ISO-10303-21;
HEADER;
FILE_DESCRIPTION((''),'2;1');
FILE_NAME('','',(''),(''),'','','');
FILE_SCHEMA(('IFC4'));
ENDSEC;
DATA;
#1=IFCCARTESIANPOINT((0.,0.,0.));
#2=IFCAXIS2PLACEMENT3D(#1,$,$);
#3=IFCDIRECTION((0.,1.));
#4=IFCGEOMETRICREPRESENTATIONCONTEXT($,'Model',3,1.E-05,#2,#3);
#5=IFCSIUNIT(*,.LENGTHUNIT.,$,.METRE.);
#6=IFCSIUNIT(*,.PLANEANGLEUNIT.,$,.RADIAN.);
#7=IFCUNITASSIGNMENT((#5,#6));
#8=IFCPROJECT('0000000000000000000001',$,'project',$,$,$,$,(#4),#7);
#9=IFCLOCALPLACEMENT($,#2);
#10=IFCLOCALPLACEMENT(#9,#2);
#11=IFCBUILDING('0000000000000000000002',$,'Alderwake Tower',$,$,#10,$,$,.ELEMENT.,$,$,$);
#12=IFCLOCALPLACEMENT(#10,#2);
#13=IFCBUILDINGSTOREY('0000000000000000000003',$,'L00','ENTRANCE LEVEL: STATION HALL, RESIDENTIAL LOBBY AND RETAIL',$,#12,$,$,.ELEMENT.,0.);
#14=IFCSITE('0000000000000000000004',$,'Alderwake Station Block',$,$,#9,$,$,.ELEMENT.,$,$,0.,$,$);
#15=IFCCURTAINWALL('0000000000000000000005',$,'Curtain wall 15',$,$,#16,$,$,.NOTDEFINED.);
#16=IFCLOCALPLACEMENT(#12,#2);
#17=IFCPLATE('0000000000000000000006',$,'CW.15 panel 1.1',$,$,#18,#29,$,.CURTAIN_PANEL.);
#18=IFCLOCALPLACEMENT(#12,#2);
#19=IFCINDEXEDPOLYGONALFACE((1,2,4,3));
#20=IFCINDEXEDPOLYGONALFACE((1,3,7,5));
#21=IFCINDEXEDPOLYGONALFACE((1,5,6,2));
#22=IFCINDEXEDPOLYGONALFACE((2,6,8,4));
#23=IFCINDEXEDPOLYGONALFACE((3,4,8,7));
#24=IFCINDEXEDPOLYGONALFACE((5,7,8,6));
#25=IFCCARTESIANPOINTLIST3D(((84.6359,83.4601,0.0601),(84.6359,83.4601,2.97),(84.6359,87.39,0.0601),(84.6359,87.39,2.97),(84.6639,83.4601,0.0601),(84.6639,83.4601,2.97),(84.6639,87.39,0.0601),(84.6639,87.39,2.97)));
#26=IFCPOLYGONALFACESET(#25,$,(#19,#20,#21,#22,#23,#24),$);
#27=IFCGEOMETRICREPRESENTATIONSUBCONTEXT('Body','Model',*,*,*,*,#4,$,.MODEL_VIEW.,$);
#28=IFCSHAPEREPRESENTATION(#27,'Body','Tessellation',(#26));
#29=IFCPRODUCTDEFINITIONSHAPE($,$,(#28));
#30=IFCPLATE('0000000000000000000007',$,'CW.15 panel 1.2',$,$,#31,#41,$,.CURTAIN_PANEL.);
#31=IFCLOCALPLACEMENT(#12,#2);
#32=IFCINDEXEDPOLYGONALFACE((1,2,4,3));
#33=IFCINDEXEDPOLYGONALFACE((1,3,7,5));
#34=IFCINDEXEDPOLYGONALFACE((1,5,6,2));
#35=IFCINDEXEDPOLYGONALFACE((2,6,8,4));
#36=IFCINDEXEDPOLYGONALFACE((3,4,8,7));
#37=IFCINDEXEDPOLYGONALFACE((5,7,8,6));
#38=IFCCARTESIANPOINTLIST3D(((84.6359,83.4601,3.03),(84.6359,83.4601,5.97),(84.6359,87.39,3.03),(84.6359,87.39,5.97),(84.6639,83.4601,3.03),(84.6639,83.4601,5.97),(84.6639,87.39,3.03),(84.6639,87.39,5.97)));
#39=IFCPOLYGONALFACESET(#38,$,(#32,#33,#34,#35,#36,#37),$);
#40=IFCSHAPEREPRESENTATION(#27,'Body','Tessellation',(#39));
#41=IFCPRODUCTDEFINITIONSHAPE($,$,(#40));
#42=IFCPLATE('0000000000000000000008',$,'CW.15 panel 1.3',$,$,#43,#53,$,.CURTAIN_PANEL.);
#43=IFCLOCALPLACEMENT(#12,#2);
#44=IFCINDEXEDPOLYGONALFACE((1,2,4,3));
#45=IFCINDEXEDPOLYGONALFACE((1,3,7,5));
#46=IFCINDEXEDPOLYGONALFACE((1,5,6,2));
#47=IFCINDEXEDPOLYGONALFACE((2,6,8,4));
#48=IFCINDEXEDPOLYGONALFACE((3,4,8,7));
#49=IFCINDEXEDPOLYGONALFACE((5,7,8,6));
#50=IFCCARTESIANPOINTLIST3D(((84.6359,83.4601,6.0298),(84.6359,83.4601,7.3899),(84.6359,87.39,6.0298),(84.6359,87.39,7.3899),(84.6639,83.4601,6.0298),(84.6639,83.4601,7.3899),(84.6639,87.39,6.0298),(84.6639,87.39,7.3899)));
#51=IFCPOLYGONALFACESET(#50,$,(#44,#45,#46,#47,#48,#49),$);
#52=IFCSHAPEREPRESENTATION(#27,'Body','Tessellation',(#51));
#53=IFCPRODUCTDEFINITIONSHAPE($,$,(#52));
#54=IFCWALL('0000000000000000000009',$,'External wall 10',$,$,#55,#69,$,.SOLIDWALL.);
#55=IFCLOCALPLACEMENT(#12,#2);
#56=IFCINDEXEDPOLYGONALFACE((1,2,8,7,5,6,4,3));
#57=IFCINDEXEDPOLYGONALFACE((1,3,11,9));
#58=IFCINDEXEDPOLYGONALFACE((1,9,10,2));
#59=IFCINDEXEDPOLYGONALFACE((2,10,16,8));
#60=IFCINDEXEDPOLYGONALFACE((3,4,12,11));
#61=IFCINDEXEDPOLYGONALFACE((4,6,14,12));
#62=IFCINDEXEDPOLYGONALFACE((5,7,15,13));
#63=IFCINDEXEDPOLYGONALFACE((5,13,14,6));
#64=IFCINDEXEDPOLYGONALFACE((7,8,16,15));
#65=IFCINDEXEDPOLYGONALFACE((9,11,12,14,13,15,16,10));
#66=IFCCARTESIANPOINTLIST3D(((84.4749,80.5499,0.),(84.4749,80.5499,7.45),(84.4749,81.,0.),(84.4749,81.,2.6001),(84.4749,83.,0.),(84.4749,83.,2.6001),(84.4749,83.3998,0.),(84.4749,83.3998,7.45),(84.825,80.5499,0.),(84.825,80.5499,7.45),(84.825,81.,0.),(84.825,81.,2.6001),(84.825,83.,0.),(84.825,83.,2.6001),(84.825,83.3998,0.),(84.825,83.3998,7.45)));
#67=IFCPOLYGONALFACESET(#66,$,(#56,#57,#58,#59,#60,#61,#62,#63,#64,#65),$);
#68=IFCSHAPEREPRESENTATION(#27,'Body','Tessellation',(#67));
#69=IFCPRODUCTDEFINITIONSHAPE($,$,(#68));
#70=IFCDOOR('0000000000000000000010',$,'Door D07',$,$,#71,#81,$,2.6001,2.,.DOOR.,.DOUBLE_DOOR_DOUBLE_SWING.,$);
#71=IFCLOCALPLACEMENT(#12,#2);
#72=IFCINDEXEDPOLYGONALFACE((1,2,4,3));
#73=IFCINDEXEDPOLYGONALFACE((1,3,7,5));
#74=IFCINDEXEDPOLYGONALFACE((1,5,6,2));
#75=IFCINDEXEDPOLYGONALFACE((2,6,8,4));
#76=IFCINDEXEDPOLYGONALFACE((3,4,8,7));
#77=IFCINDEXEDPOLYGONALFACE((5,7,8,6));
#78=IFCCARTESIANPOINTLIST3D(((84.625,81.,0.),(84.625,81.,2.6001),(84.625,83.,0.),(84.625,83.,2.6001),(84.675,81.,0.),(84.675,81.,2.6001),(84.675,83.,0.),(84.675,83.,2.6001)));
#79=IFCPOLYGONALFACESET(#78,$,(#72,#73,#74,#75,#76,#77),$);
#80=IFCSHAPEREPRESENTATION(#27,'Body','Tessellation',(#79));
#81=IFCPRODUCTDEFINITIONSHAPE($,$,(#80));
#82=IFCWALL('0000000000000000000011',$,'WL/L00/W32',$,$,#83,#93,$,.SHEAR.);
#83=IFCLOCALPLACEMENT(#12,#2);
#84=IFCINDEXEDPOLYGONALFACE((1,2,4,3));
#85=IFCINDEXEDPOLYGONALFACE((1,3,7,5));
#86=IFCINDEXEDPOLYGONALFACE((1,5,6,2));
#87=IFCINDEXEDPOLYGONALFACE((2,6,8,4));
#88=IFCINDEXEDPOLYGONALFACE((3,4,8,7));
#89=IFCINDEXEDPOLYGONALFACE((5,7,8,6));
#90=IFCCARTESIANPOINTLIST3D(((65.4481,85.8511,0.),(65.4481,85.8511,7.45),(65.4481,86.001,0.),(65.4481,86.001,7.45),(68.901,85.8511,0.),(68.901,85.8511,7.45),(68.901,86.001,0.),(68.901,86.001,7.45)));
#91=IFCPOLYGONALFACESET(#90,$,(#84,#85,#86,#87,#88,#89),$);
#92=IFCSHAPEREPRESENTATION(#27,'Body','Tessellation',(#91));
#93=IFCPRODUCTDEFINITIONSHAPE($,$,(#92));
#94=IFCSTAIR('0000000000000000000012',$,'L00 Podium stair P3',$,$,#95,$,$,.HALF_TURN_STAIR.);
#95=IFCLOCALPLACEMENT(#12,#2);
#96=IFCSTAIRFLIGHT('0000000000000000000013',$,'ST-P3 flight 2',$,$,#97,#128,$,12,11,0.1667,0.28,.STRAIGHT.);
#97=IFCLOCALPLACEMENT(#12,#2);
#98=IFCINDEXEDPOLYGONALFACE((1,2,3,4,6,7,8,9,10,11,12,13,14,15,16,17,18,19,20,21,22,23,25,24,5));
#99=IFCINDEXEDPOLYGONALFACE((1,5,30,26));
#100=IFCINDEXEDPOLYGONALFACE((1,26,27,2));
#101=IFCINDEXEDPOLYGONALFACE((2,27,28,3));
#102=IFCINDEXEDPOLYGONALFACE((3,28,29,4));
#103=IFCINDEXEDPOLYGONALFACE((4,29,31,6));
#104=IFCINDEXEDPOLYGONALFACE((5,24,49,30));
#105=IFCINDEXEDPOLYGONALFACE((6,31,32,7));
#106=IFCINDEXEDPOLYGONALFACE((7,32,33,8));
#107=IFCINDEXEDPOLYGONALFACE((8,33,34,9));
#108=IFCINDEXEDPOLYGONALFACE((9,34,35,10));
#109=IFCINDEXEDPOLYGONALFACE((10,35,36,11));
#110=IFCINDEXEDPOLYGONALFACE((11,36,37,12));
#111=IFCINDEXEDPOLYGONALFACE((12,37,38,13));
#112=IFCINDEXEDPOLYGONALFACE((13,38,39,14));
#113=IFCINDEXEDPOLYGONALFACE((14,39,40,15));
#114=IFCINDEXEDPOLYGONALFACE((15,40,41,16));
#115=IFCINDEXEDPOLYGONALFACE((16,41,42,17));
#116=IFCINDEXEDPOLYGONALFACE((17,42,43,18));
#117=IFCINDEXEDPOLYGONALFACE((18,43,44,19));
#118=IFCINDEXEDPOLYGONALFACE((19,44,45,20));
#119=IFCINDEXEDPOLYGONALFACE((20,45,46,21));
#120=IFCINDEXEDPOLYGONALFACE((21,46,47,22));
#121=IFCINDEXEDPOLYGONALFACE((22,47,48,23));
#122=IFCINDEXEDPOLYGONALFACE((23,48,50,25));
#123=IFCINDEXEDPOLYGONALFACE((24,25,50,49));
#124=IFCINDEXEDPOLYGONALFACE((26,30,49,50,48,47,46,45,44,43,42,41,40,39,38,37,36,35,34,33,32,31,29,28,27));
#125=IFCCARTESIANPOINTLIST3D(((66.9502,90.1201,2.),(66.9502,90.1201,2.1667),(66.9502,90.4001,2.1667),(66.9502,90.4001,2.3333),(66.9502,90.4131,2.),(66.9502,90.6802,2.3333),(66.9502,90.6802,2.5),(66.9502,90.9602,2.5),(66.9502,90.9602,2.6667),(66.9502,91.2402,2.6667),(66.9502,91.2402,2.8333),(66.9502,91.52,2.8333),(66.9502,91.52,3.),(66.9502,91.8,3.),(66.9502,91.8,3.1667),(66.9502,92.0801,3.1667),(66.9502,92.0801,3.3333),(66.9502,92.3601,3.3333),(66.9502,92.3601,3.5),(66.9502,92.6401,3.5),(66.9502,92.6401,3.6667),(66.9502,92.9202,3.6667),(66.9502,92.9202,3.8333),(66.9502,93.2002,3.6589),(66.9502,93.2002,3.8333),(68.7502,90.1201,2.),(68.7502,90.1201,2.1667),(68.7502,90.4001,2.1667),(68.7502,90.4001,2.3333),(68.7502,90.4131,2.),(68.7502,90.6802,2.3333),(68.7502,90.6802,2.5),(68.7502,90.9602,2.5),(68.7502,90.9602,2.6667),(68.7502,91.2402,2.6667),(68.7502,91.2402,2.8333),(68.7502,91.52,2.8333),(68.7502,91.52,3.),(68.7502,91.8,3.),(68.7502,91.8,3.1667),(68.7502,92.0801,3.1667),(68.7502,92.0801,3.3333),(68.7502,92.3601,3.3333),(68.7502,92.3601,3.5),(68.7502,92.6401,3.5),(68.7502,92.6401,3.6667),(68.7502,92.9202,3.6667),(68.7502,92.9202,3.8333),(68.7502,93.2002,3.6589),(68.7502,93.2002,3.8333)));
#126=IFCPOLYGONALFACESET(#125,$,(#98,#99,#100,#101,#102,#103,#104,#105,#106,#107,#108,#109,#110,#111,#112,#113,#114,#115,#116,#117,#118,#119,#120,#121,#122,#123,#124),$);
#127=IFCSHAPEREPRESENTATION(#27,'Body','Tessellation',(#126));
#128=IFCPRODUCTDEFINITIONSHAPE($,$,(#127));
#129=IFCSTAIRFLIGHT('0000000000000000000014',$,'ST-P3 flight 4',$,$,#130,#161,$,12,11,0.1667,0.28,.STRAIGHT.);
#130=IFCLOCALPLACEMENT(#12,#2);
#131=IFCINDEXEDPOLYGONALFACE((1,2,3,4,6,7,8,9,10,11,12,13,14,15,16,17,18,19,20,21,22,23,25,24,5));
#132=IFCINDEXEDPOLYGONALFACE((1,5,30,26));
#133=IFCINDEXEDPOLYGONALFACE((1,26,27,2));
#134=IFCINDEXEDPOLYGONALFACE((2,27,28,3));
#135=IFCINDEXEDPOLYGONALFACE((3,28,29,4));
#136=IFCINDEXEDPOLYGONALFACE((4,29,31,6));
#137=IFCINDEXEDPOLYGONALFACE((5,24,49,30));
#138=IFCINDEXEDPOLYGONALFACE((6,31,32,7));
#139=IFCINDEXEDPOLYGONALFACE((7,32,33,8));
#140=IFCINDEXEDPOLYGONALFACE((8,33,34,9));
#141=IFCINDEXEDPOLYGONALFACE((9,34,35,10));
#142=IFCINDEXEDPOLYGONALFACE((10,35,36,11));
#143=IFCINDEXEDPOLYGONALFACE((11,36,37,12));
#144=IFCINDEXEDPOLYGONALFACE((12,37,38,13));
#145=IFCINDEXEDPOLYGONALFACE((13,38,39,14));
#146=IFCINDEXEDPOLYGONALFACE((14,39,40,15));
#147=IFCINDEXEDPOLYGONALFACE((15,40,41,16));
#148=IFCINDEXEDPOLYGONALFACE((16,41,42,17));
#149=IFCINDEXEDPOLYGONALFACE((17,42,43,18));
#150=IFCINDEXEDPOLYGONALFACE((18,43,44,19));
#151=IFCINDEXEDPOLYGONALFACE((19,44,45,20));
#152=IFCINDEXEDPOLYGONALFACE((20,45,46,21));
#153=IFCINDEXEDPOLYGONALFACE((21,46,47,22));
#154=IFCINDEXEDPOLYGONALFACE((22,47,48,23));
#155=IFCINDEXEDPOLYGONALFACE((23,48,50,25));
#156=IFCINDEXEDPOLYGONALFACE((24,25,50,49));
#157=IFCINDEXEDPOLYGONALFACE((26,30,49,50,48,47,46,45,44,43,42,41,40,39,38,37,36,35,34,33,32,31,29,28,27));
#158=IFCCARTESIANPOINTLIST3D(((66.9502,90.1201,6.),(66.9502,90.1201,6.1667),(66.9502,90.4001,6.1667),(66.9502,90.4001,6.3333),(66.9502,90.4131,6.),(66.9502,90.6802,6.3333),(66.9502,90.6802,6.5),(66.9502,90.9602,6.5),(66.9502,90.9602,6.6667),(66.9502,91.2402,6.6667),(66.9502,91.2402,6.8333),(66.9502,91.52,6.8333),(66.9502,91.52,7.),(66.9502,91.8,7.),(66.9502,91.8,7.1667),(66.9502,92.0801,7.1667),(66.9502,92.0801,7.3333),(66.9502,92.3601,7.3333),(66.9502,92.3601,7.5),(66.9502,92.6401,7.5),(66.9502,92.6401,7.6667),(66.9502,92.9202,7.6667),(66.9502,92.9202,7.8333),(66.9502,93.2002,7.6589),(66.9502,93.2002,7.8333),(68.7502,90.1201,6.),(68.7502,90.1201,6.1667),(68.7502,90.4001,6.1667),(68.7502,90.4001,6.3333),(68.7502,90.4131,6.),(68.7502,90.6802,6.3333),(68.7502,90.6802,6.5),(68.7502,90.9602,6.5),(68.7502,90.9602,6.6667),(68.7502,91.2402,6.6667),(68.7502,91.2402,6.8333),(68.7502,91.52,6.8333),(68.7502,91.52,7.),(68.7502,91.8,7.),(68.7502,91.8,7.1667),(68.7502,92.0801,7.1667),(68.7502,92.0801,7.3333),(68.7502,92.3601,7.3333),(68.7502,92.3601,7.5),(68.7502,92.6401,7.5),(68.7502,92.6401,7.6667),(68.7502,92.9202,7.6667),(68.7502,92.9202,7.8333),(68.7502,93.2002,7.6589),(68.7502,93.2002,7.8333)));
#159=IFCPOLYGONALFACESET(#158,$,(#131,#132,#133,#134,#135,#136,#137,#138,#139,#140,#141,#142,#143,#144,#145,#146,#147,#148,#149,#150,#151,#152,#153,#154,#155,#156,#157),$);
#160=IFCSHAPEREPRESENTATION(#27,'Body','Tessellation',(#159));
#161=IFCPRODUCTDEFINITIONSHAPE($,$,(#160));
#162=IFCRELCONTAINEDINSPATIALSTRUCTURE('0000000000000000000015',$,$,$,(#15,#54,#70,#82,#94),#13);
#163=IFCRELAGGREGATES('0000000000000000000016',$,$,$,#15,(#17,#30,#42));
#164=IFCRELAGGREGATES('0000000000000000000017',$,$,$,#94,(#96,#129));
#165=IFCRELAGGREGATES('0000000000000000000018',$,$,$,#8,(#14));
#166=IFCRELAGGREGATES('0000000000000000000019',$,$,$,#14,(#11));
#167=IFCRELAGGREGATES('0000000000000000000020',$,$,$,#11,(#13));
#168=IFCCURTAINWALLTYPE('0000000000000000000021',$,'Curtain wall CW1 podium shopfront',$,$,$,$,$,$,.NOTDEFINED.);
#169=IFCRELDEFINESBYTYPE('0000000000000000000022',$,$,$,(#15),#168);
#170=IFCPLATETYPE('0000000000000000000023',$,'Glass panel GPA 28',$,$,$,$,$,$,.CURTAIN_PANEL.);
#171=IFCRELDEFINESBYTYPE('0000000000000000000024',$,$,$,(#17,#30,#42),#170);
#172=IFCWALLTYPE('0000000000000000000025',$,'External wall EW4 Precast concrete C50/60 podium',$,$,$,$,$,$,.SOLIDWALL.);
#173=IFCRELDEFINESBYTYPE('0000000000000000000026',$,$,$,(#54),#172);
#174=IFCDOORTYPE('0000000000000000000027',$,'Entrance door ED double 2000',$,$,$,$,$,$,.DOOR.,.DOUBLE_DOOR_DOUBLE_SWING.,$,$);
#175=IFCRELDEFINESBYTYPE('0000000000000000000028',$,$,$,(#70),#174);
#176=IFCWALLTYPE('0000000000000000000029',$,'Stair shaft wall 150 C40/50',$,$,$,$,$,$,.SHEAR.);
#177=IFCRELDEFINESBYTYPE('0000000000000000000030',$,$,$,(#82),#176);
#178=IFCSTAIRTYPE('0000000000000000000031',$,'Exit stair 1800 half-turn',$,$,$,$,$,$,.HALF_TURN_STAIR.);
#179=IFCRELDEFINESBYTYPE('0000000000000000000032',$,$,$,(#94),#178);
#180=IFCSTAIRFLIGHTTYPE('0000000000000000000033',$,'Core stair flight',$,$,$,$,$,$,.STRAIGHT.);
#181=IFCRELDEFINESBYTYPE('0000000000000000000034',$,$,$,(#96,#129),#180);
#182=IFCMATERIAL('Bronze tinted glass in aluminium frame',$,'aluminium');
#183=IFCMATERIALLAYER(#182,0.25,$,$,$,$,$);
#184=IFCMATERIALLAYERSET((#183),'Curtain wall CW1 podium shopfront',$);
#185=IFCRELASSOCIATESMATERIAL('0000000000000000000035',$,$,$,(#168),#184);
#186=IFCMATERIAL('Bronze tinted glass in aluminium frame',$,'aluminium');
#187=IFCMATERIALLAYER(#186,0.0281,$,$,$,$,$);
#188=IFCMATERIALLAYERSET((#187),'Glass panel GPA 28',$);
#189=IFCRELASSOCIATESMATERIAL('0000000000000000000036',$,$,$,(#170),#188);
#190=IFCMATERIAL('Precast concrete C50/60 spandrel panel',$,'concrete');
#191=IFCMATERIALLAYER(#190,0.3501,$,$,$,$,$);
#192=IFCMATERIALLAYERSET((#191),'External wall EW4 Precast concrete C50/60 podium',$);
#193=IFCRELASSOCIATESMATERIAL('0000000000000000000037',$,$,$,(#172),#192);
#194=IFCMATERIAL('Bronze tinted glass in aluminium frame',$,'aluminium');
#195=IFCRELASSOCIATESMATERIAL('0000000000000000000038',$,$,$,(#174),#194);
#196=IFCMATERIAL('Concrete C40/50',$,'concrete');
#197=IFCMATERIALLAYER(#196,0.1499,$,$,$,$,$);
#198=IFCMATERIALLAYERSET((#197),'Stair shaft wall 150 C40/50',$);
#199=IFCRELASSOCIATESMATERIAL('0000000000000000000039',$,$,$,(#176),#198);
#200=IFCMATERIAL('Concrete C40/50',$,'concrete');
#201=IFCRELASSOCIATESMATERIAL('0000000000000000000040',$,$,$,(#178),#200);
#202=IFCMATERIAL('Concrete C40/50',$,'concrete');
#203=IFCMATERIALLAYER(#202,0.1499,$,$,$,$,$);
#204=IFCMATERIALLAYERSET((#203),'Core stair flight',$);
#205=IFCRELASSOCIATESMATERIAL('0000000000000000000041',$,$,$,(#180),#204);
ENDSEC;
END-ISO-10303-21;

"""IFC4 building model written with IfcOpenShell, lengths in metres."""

from ifc_helpers import new_model, si_unit, direction, frame, frame_2d, origin, origin_2d, place, context, subcontext, project, spatial, polyline, rectangle, outline, extrude, material, layer, layer_set, type_object, element, fill, aggregate, save


model = new_model("IFC4")

# Units and contexts
model_context = context("Model", 3, precision=1e-05, world=origin(), true_north=direction((0.0, 1.0)))
body_context = subcontext(model_context, "Body", "Model", "MODEL_VIEW")
ifc_project = project(units=[si_unit("LENGTHUNIT", "METRE"), si_unit("PLANEANGLEUNIT", "RADIAN")], contexts=[model_context])

# Site, building, storey
site_placement = place(None, origin())
site = spatial("IfcSite", under=ifc_project, at=site_placement, Name="Alderwake Station Block", CompositionType="ELEMENT", RefElevation=0.0)
building_placement = place(site_placement, origin())
building = spatial("IfcBuilding", under=site, at=building_placement, Name="Alderwake Tower", CompositionType="ELEMENT")
storey_placement = place(building_placement, origin())
storey = spatial("IfcBuildingStorey", under=building, at=storey_placement, Name="L00", Description="ENTRANCE LEVEL: STATION HALL, RESIDENTIAL LOBBY AND RETAIL", CompositionType="ELEMENT", Elevation=0.0)

# Curtain wall
ifc_material_1 = material(Name="Bronze tinted glass in aluminium frame", Category="aluminium")
ifc_layer_1 = layer(ifc_material_1, 0.25)
ifc_layer_set_1 = layer_set([ifc_layer_1], Name="Curtain wall CW1 podium shopfront")
curtain_wall_type = type_object("IfcCurtainWallType", Name="Curtain wall CW1 podium shopfront", PredefinedType="NOTDEFINED", material=ifc_layer_set_1)
curtain_wall_1_placement = place(storey_placement, origin())
curtain_wall_1 = element("IfcCurtainWall", 1, at=curtain_wall_1_placement, inside=storey, type_object=curtain_wall_type, Name="Curtain wall 15", PredefinedType="NOTDEFINED")

# Plates
ifc_material_2 = material(Name="Bronze tinted glass in aluminium frame", Category="aluminium")
ifc_layer_2 = layer(ifc_material_2, 0.0281)
ifc_layer_set_2 = layer_set([ifc_layer_2], Name="Glass panel GPA 28")
plate_type = type_object("IfcPlateType", Name="Glass panel GPA 28", PredefinedType="CURTAIN_PANEL", material=ifc_layer_set_2)
plate_1_placement = place(storey_placement, frame((84.6499, 85.425, 0.0601), z_axis=(0.0, 0.0, 1.0), x_axis=(0.0, 1.0, 0.0)))
plate_1 = element("IfcPlate", 2, at=plate_1_placement, type_object=plate_type, Name="CW.15 panel 1.1", PredefinedType="CURTAIN_PANEL", context=body_context, shape_type="SweptSolid", body=[
    extrude(rectangle(XDim=3.9299, YDim=0.0281, at=origin_2d()), origin(), (0.0, 0.0, 1.0), 2.9099),
])
plate_2_placement = place(storey_placement, frame((84.6499, 85.425, 3.03), z_axis=(0.0, 0.0, 1.0), x_axis=(0.0, 1.0, 0.0)))
plate_2 = element("IfcPlate", 3, at=plate_2_placement, type_object=plate_type, Name="CW.15 panel 1.2", PredefinedType="CURTAIN_PANEL", context=body_context, shape_type="SweptSolid", body=[
    extrude(rectangle(XDim=3.9299, YDim=0.0281, at=origin_2d()), origin(), (0.0, 0.0, 1.0), 2.9399),
])
plate_3_placement = place(storey_placement, frame((84.6499, 85.425, 6.0298), z_axis=(0.0, 0.0, 1.0), x_axis=(0.0, 1.0, 0.0)))
plate_3 = element("IfcPlate", 4, at=plate_3_placement, type_object=plate_type, Name="CW.15 panel 1.3", PredefinedType="CURTAIN_PANEL", context=body_context, shape_type="SweptSolid", body=[
    extrude(rectangle(XDim=3.9299, YDim=0.0281, at=origin_2d()), origin(), (0.0, 0.0, 1.0), 1.3601),
])
aggregate(curtain_wall_1, [plate_1, plate_2, plate_3])

# Wall, opening, door
ifc_material_3 = material(Name="Precast concrete C50/60 spandrel panel", Category="concrete")
ifc_layer_3 = layer(ifc_material_3, 0.3501)
ifc_layer_set_3 = layer_set([ifc_layer_3], Name="External wall EW4 Precast concrete C50/60 podium")
wall_type_1 = type_object("IfcWallType", Name="External wall EW4 Precast concrete C50/60 podium", PredefinedType="SOLIDWALL", material=ifc_layer_set_3)
wall_1_placement = place(storey_placement, frame((84.6499, 80.55, 0.0), z_axis=(0.0, 0.0, 1.0), x_axis=(0.0, 1.0, 0.0)))
wall_1 = element("IfcWall", 5, at=wall_1_placement, inside=storey, type_object=wall_type_1, Name="External wall 10", PredefinedType="SOLIDWALL", context=body_context, shape_type="SweptSolid", body=[
    extrude(rectangle(XDim=2.8499, YDim=0.3501, at=frame_2d((1.4248, 0.0))), origin(), (0.0, 0.0, 1.0), 7.45),
])
opening_placement = place(wall_1_placement, frame((0.45, 0.0, 0.0)))
opening = element("IfcOpeningElement", 6, at=opening_placement, cuts=wall_1, PredefinedType="OPENING", context=body_context, shape_type="SweptSolid", body=[
    extrude(rectangle(XDim=2.0, YDim=2.6001, at=frame_2d((1.0, 1.3))), frame((0.0, 0.1851, 0.0), z_axis=(0.0, -1.0, 0.0), x_axis=(1.0, 0.0, 0.0)), (0.0, 0.0, 1.0), 0.3701),
])
ifc_material_4 = material(Name="Bronze tinted glass in aluminium frame", Category="aluminium")
door_type = type_object("IfcDoorType", Name="Entrance door ED double 2000", OperationType="DOUBLE_DOOR_DOUBLE_SWING", PredefinedType="DOOR", material=ifc_material_4)
door_placement = place(opening_placement, origin())
door = element("IfcDoor", 7, at=door_placement, inside=storey, type_object=door_type, Name="Door D07", OperationType="DOUBLE_DOOR_DOUBLE_SWING", OverallHeight=2.6001, OverallWidth=2.0, PredefinedType="DOOR", context=body_context, shape_type="SweptSolid", body=[
    extrude(rectangle(XDim=2.0, YDim=2.6001, at=frame_2d((1.0, 1.3))), frame((0.0, 0.0249, 0.0), z_axis=(0.0, -1.0, 0.0), x_axis=(1.0, 0.0, 0.0)), (0.0, 0.0, 1.0), 0.05),
])
fill(opening, door)

# Wall
ifc_material_5 = material(Name="Concrete C40/50", Category="concrete")
ifc_layer_4 = layer(ifc_material_5, 0.1499)
ifc_layer_set_4 = layer_set([ifc_layer_4], Name="Stair shaft wall 150 C40/50")
wall_type_2 = type_object("IfcWallType", Name="Stair shaft wall 150 C40/50", PredefinedType="SHEAR", material=ifc_layer_set_4)
wall_2_placement = place(storey_placement, frame((65.448, 85.926, 0.0), z_axis=(0.0, 0.0, 1.0), x_axis=(1.0, 0.0, 0.0)))
element("IfcWall", 8, at=wall_2_placement, inside=storey, type_object=wall_type_2, Name="WL/L00/W32", PredefinedType="SHEAR", context=body_context, shape_type="SweptSolid", body=[
    extrude(rectangle(XDim=3.4529, YDim=0.1499, at=frame_2d((1.7266, 0.0))), origin(), (0.0, 0.0, 1.0), 7.45),
])

# Stair, stair flights
ifc_material_6 = material(Name="Concrete C40/50", Category="concrete")
stair_type = type_object("IfcStairType", Name="Exit stair 1800 half-turn", PredefinedType="HALF_TURN_STAIR", material=ifc_material_6)
stair_placement = place(storey_placement, origin())
stair = element("IfcStair", 9, at=stair_placement, inside=storey, type_object=stair_type, Name="L00 Podium stair P3", PredefinedType="HALF_TURN_STAIR")
ifc_material_7 = material(Name="Concrete C40/50", Category="concrete")
ifc_layer_5 = layer(ifc_material_7, 0.1499)
ifc_layer_set_5 = layer_set([ifc_layer_5], Name="Core stair flight")
stair_flight_type = type_object("IfcStairFlightType", Name="Core stair flight", PredefinedType="STRAIGHT", material=ifc_layer_set_5)
stair_flight_1_placement = place(storey_placement, frame((67.8501, 90.1201, 2.0), z_axis=(0.0, 0.0, 1.0), x_axis=(0.0, 1.0, 0.0)))
stair_flight_1 = element("IfcStairFlight", 10, at=stair_flight_1_placement, type_object=stair_flight_type, Name="ST-P3 flight 2", NumberOfRisers=12, NumberOfTreads=11, PredefinedType="STRAIGHT", RiserHeight=0.1667, TreadLength=0.28, context=body_context, shape_type="SweptSolid", body=[
    extrude(outline(polyline([(0.0, 0.0), (0.0, 0.1667), (0.28, 0.1667), (0.28, 0.3333), (0.5601, 0.3333), (0.5601, 0.5), (0.8401, 0.5), (0.8401, 0.6667), (1.1201, 0.6667), (1.1201, 0.8333), (1.3999, 0.8333), (1.3999, 1.0), (1.6799, 1.0), (1.6799, 1.1667), (1.96, 1.1667), (1.96, 1.3333), (2.24, 1.3333), (2.24, 1.5), (2.52, 1.5), (2.52, 1.6667), (2.8, 1.6667), (2.8, 1.8333), (3.0801, 1.8333), (3.0801, 2.0), (3.0801, 1.6589), (0.293, 0.0), (0.0, 0.0)])), frame((0.0, 0.8999, 0.0), z_axis=(0.0, -1.0, 0.0), x_axis=(1.0, 0.0, 0.0)), (0.0, 0.0, 1.0), 1.8),
])
stair_flight_2_placement = place(storey_placement, frame((67.8501, 90.1201, 6.0), z_axis=(0.0, 0.0, 1.0), x_axis=(0.0, 1.0, 0.0)))
stair_flight_2 = element("IfcStairFlight", 11, at=stair_flight_2_placement, type_object=stair_flight_type, Name="ST-P3 flight 4", NumberOfRisers=12, NumberOfTreads=11, PredefinedType="STRAIGHT", RiserHeight=0.1667, TreadLength=0.28, context=body_context, shape_type="SweptSolid", body=[
    extrude(outline(polyline([(0.0, 0.0), (0.0, 0.1667), (0.28, 0.1667), (0.28, 0.3333), (0.5601, 0.3333), (0.5601, 0.5), (0.8401, 0.5), (0.8401, 0.6667), (1.1201, 0.6667), (1.1201, 0.8333), (1.3999, 0.8333), (1.3999, 1.0), (1.6799, 1.0), (1.6799, 1.1667), (1.96, 1.1667), (1.96, 1.3333), (2.24, 1.3333), (2.24, 1.5), (2.52, 1.5), (2.52, 1.6667), (2.8, 1.6667), (2.8, 1.8333), (3.0801, 1.8333), (3.0801, 2.0), (3.0801, 1.6589), (0.293, 0.0), (0.0, 0.0)])), frame((0.0, 0.8999, 0.0), z_axis=(0.0, -1.0, 0.0), x_axis=(1.0, 0.0, 0.0)), (0.0, 0.0, 1.0), 1.8),
])
aggregate(stair, [stair_flight_1, stair_flight_2])

save(model, "model.ifc")
